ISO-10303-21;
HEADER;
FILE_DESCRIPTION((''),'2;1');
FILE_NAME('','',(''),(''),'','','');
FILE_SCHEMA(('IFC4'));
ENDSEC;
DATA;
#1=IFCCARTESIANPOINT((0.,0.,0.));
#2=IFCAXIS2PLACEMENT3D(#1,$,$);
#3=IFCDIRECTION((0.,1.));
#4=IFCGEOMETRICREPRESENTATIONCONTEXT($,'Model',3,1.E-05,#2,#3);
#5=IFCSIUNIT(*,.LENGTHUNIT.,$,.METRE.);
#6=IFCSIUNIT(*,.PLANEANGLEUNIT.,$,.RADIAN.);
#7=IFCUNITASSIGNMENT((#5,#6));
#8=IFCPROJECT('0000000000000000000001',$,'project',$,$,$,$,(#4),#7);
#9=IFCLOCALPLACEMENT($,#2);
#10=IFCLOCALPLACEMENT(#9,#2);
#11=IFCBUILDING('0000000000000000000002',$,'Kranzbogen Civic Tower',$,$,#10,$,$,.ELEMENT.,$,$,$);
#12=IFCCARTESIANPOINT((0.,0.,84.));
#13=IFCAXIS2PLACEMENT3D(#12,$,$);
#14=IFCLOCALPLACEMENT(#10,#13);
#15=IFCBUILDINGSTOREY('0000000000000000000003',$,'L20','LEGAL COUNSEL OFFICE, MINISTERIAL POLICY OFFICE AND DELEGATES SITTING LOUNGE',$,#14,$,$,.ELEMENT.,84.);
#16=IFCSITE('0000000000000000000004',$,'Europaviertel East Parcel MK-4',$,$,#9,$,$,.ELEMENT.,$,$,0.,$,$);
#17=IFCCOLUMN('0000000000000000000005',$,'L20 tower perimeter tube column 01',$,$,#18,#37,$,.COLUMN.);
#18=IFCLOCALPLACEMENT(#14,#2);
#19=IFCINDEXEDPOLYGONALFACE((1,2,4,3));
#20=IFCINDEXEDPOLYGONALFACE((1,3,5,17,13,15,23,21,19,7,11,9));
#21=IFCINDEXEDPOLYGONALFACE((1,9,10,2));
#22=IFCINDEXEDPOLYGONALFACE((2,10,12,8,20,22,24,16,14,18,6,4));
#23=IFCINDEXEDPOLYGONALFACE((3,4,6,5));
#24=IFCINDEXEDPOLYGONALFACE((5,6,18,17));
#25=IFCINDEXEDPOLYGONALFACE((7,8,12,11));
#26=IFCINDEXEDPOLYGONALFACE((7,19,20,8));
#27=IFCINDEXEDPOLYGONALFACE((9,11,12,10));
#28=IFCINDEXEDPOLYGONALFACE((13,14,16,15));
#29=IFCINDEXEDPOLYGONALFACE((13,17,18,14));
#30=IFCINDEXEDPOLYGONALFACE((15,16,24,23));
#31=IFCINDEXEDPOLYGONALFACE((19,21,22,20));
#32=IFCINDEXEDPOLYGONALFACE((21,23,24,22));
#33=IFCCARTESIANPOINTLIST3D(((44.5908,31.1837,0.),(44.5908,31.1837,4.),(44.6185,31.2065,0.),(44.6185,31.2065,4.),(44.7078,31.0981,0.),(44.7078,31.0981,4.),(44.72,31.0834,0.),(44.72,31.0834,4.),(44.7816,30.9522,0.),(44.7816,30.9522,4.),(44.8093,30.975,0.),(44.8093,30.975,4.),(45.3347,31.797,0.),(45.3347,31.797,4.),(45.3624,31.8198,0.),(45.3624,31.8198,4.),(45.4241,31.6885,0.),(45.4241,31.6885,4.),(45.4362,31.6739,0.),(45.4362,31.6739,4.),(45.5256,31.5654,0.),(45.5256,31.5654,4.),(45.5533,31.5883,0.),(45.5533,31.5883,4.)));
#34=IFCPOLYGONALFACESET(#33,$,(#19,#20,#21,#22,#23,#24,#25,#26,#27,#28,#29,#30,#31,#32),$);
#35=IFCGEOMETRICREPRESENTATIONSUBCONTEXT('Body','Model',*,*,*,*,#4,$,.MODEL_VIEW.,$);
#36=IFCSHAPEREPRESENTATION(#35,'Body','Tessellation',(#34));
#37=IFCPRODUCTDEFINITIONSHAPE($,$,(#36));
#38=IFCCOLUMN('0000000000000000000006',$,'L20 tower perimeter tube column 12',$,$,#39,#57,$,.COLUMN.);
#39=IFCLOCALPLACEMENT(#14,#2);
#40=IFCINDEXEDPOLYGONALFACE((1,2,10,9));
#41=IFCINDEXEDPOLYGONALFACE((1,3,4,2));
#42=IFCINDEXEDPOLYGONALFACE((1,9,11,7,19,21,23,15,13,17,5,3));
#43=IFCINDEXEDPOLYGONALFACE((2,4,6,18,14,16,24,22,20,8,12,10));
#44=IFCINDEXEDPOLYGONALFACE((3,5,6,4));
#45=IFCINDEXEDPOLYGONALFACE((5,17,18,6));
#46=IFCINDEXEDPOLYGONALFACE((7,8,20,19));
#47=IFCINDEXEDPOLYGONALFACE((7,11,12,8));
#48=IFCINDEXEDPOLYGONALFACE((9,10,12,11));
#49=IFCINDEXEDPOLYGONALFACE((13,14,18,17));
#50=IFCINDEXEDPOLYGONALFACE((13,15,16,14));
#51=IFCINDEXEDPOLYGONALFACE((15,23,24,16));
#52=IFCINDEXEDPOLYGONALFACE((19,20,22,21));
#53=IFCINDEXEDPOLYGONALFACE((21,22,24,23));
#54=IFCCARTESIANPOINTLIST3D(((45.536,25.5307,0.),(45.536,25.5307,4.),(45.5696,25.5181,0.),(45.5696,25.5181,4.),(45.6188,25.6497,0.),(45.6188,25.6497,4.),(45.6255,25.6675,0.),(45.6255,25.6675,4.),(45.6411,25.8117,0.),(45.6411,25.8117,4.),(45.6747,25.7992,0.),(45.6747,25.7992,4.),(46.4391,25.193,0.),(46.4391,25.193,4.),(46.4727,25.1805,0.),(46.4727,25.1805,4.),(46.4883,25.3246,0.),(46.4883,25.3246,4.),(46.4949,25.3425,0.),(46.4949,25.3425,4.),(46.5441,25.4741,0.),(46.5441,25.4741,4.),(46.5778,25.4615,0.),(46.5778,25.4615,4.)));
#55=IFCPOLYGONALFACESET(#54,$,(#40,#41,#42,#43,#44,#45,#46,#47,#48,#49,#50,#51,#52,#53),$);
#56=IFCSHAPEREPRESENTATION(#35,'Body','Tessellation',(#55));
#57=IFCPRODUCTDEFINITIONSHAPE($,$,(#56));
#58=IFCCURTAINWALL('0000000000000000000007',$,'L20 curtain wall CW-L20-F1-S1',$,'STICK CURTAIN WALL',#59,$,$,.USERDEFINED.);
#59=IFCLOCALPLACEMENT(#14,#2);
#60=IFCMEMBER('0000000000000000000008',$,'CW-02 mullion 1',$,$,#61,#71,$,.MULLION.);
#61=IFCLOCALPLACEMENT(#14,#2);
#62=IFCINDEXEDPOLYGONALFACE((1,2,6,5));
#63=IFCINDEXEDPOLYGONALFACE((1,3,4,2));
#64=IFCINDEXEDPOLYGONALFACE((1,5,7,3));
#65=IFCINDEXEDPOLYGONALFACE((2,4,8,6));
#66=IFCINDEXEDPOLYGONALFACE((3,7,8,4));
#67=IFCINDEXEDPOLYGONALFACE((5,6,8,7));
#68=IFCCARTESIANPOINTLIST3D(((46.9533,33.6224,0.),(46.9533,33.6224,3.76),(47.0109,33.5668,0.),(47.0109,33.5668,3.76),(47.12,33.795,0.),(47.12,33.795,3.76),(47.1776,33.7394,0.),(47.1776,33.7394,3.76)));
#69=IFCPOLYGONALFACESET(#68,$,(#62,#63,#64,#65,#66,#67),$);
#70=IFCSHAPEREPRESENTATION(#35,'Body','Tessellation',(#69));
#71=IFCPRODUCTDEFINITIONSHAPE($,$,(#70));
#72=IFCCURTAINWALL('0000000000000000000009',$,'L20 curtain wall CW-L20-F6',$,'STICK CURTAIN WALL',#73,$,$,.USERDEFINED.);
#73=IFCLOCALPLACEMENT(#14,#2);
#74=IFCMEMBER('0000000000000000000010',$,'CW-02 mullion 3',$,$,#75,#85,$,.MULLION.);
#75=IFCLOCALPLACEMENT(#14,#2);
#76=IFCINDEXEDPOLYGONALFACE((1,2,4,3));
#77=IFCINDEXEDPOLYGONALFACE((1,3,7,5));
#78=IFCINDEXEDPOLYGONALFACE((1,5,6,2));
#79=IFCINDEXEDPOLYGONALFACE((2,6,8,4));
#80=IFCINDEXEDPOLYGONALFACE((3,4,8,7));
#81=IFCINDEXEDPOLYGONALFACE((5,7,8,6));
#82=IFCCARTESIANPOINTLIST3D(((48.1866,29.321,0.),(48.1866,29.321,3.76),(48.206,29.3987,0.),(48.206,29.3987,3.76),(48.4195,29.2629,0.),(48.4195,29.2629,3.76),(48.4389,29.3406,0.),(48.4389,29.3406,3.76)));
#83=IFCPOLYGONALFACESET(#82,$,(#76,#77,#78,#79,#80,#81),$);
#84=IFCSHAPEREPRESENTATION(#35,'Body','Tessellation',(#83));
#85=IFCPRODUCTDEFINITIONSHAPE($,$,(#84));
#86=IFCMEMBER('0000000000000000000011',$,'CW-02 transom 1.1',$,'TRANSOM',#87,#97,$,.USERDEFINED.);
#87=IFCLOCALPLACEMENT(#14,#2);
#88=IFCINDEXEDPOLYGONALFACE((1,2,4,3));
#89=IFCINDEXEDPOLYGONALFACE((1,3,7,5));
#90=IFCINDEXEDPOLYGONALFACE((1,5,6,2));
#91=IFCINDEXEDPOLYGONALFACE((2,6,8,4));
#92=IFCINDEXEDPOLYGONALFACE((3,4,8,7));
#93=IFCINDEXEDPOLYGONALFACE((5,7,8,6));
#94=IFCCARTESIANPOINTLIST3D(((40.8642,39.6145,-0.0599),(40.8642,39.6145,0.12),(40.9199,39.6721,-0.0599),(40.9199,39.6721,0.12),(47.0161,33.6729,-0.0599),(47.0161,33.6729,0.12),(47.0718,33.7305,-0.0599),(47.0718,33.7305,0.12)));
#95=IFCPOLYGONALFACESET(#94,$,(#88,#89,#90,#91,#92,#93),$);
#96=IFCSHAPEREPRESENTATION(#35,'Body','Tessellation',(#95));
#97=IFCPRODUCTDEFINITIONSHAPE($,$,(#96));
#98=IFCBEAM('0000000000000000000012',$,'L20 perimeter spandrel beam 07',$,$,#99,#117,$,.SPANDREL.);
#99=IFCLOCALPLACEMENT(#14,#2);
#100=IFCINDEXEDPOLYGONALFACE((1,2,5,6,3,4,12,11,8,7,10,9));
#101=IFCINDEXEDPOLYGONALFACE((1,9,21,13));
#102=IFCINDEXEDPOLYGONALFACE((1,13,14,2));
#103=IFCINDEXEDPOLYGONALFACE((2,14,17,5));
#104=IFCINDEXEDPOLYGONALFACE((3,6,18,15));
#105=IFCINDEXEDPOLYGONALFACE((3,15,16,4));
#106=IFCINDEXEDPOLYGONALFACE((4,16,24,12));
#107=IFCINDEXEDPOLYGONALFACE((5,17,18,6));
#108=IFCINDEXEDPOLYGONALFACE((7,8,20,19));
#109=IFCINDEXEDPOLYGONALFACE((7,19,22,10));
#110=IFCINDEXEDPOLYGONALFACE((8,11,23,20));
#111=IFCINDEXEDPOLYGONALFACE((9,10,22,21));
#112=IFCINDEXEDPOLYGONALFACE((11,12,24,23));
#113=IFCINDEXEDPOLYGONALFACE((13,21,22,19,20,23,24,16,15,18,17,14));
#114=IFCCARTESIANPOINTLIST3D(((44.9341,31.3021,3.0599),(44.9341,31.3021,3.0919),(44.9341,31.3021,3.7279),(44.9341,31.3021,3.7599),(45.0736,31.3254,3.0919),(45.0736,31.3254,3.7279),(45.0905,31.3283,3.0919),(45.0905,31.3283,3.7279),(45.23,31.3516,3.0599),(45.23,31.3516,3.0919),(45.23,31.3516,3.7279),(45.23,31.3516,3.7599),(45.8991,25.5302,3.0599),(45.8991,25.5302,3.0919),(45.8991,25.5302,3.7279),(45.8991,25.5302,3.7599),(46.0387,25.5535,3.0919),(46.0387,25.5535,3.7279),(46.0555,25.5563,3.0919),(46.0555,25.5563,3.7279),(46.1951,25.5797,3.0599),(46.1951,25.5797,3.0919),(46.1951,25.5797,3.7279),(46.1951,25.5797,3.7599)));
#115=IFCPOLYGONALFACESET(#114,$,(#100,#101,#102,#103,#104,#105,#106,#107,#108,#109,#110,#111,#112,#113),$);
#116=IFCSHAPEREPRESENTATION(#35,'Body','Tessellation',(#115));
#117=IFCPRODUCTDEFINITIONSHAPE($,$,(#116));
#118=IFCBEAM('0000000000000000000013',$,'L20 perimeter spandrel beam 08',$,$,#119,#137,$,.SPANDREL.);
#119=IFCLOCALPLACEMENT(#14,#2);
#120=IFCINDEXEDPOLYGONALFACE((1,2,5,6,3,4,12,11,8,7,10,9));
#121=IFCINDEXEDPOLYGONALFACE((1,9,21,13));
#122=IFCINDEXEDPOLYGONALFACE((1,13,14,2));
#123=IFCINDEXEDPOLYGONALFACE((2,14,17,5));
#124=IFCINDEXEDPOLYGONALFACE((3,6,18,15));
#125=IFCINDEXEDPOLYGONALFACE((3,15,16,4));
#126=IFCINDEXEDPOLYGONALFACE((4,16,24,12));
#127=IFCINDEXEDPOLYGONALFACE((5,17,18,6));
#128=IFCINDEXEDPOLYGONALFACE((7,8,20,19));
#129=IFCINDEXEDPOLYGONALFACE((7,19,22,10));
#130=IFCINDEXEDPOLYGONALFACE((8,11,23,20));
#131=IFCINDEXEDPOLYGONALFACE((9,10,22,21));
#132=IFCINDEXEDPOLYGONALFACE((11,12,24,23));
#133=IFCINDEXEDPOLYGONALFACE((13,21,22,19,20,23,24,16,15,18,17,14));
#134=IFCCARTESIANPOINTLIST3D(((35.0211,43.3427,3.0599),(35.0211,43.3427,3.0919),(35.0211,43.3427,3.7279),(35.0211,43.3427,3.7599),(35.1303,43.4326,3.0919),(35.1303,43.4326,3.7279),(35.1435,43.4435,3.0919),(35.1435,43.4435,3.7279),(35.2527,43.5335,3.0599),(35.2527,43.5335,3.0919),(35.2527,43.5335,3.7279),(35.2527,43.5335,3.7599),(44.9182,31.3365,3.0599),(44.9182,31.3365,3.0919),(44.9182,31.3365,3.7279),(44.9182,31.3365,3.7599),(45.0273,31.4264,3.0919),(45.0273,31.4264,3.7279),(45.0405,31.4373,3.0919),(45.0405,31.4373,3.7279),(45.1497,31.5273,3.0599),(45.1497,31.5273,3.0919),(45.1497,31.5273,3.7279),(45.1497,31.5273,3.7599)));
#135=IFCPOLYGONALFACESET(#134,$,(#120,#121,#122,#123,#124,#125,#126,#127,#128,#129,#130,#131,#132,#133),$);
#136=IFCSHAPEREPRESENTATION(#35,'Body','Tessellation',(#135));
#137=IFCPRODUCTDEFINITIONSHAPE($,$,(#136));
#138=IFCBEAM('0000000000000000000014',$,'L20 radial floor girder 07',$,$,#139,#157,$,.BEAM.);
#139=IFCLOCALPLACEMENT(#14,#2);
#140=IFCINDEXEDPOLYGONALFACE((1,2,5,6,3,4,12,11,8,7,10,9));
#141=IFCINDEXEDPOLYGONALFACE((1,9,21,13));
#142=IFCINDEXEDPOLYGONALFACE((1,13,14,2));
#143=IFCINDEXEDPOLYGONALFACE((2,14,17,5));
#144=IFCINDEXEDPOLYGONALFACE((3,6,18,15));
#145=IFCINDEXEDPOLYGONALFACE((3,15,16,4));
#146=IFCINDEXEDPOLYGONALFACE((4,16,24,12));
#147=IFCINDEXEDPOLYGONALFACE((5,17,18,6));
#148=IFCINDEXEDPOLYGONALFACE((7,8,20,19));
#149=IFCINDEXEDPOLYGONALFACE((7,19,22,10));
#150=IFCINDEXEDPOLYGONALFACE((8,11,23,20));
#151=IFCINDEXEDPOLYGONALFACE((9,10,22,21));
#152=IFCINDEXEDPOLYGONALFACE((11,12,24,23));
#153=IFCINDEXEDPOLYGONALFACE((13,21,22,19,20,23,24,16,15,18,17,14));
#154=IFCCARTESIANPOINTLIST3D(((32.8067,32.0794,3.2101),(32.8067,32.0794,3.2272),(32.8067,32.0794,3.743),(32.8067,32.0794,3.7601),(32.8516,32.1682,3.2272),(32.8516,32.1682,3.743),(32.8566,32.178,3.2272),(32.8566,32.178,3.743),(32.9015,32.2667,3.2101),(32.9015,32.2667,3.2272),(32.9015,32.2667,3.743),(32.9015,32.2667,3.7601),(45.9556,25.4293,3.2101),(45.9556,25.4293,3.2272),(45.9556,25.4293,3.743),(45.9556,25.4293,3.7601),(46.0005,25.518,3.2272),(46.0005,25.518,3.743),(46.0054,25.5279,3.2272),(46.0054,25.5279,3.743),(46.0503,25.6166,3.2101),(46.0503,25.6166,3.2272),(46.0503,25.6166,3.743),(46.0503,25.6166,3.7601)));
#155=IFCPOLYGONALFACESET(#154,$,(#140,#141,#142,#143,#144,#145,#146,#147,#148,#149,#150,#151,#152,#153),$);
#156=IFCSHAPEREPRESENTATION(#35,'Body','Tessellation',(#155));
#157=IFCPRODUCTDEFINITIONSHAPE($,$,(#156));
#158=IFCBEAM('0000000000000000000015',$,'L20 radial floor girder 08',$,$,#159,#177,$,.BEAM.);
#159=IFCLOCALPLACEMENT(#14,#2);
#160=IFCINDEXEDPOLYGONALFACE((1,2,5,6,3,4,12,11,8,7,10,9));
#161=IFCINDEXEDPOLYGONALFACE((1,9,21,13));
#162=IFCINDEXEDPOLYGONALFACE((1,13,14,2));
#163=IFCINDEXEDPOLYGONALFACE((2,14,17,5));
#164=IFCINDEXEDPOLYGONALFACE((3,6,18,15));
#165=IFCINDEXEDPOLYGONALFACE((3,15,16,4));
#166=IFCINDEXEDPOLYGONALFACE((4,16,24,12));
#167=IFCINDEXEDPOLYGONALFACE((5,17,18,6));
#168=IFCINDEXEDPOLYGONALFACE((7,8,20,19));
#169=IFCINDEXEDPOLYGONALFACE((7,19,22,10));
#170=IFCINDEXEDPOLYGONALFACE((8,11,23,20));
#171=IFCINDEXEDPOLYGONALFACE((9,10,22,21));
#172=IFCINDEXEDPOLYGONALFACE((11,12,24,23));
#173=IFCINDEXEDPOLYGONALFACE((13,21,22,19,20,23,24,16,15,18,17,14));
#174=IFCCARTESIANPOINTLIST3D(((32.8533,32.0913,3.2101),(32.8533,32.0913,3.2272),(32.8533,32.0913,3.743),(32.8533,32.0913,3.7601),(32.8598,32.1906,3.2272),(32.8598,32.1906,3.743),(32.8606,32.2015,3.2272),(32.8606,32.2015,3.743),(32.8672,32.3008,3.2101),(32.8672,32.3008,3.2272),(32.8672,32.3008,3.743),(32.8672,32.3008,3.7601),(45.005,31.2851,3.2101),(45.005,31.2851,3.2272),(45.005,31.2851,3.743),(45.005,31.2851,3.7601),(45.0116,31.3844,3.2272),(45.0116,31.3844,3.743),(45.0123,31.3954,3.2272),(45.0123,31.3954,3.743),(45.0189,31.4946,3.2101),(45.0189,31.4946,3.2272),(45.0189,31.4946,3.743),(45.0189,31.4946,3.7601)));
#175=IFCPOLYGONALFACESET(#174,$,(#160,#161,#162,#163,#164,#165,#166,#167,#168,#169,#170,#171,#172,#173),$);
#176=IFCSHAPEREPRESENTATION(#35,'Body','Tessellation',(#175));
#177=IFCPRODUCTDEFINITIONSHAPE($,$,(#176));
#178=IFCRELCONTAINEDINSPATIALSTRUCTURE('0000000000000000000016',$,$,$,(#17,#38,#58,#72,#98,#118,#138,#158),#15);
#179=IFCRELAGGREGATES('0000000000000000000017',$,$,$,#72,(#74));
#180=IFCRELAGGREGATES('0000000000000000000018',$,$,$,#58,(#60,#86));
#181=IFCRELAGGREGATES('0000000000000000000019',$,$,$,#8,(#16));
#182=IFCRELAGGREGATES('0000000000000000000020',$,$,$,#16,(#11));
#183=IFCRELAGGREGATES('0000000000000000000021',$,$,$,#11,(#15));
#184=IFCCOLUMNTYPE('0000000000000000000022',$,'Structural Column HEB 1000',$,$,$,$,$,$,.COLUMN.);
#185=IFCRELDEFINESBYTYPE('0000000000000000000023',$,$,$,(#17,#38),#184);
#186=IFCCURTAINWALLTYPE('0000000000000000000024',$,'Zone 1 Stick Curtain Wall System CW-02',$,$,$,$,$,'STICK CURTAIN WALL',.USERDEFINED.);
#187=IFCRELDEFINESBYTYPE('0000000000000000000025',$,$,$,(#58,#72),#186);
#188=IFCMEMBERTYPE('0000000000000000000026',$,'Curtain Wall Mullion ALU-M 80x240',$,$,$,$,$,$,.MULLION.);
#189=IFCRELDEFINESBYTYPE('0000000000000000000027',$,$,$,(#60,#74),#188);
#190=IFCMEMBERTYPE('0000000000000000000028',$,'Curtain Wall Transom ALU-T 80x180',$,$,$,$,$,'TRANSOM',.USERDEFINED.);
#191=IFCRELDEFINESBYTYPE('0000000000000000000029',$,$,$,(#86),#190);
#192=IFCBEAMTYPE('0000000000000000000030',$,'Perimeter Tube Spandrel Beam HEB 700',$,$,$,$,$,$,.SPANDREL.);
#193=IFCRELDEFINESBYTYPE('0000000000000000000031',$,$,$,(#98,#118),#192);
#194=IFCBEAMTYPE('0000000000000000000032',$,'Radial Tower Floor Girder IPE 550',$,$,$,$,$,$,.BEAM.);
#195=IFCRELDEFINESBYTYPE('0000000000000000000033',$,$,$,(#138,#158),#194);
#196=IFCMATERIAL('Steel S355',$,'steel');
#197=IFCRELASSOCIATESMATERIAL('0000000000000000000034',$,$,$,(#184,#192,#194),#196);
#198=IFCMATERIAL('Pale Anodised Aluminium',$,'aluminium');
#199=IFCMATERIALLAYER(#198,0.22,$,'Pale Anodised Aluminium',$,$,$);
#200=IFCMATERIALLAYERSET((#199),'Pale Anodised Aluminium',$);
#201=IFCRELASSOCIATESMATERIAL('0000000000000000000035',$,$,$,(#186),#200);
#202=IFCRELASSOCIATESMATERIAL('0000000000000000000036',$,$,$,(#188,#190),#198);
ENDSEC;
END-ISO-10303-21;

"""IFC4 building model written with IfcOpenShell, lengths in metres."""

from ifc_helpers import new_model, si_unit, direction, frame, origin, origin_2d, place, context, subcontext, project, spatial, rectangle, i_section, extrude, material, layer, layer_set, material_profile, profile_set, type_object, element, aggregate, save


model = new_model("IFC4")

# Units and contexts
model_context = context("Model", 3, precision=1e-05, world=origin(), true_north=direction((0.0, 1.0)))
body_context = subcontext(model_context, "Body", "Model", "MODEL_VIEW")
ifc_project = project(units=[si_unit("LENGTHUNIT", "METRE"), si_unit("PLANEANGLEUNIT", "RADIAN")], contexts=[model_context])

# Site, building, storey
site_placement = place(None, origin())
site = spatial("IfcSite", under=ifc_project, at=site_placement, Name="Europaviertel East Parcel MK-4", CompositionType="ELEMENT", RefElevation=0.0)
building_placement = place(site_placement, origin())
building = spatial("IfcBuilding", under=site, at=building_placement, Name="Kranzbogen Civic Tower", CompositionType="ELEMENT")
storey_placement = place(building_placement, frame((0.0, 0.0, 84.0)))
storey = spatial("IfcBuildingStorey", under=building, at=storey_placement, Name="L20", Description="LEGAL COUNSEL OFFICE, MINISTERIAL POLICY OFFICE AND DELEGATES SITTING LOUNGE", CompositionType="ELEMENT", Elevation=84.0)

# Columns
ifc_material_1 = material(Name="Steel S355", Category="steel")
ifc_material_profile_1 = material_profile(ifc_material_1, i_section(OverallWidth=0.3, OverallDepth=1.0, WebThickness=0.019, FlangeThickness=0.0359, at=origin_2d()), Name="HEB 1000")
ifc_profile_set_1 = profile_set([ifc_material_profile_1], Name="Steel S355")
column_type = type_object("IfcColumnType", Name="Structural Column HEB 1000", PredefinedType="COLUMN", material=ifc_profile_set_1)
for number, where, z_axis, x_axis, name in (
    (1, (45.072, 31.386, 0.0), (0.0, 0.0, 1.0), (-0.636078, 0.771625, 0.0), "L20 tower perimeter tube column 01"),
    (2, (46.0569, 25.4961, 0.0), (0.0, 0.0, 1.0), (0.350207, 0.936672, 0.0), "L20 tower perimeter tube column 12"),
):
    element("IfcColumn", number, at=place(storey_placement, frame(where, z_axis=z_axis, x_axis=x_axis)), inside=storey, type_object=column_type, Name=name, PredefinedType="COLUMN", context=body_context, shape_type="SweptSolid", body=[
        extrude(i_section(OverallWidth=0.3, OverallDepth=1.0, WebThickness=0.019, FlangeThickness=0.0359, at=origin_2d()), origin(), (0.0, 0.0, 1.0), 4.0),
    ])

# Curtain walls, members
ifc_material_2 = material(Name="Pale Anodised Aluminium", Category="aluminium")
ifc_layer_1 = layer(ifc_material_2, 0.22, Name="Pale Anodised Aluminium")
ifc_layer_set_1 = layer_set([ifc_layer_1], Name="Pale Anodised Aluminium")
curtain_wall_type = type_object("IfcCurtainWallType", Name="Zone 1 Stick Curtain Wall System CW-02", ElementType="STICK CURTAIN WALL", PredefinedType="USERDEFINED", material=ifc_layer_set_1)
curtain_wall_1_placement = place(storey_placement, origin())
curtain_wall_1 = element("IfcCurtainWall", 3, at=curtain_wall_1_placement, inside=storey, type_object=curtain_wall_type, Name="L20 curtain wall CW-L20-F1-S1", ObjectType="STICK CURTAIN WALL", PredefinedType="USERDEFINED")
ifc_material_profile_2 = material_profile(ifc_material_2, rectangle(XDim=0.0801, YDim=0.24, at=origin_2d()), Name="ALU-M 80x240")
ifc_profile_set_2 = profile_set([ifc_material_profile_2], Name="Pale Anodised Aluminium")
member_type_1 = type_object("IfcMemberType", Name="Curtain Wall Mullion ALU-M 80x240", PredefinedType="MULLION", material=ifc_profile_set_2)
member_1_placement = place(storey_placement, frame((47.0654, 33.6809, 0.0), z_axis=(0.0, 0.0, 1.0), x_axis=(-0.71928, 0.69472, 0.0)))
member_1 = element("IfcMember", 4, at=member_1_placement, type_object=member_type_1, Name="CW-02 mullion 1", PredefinedType="MULLION", context=body_context, shape_type="SweptSolid", body=[
    extrude(rectangle(XDim=0.0801, YDim=0.24, at=origin_2d()), origin(), (0.0, 0.0, 1.0), 3.76),
])
curtain_wall_2_placement = place(storey_placement, origin())
curtain_wall_2 = element("IfcCurtainWall", 5, at=curtain_wall_2_placement, inside=storey, type_object=curtain_wall_type, Name="L20 curtain wall CW-L20-F6", ObjectType="STICK CURTAIN WALL", PredefinedType="USERDEFINED")
member_2_placement = place(storey_placement, frame((48.3127, 29.3308, 0.0), z_axis=(0.0, 0.0, 1.0), x_axis=(0.241892, 0.970303, 0.0)))
member_2 = element("IfcMember", 6, at=member_2_placement, type_object=member_type_1, Name="CW-02 mullion 3", PredefinedType="MULLION", context=body_context, shape_type="SweptSolid", body=[
    extrude(rectangle(XDim=0.0801, YDim=0.24, at=origin_2d()), origin(), (0.0, 0.0, 1.0), 3.76),
])
aggregate(curtain_wall_2, [member_2])

# Member
ifc_material_profile_3 = material_profile(ifc_material_2, rectangle(XDim=0.0801, YDim=0.1799, at=origin_2d()), Name="ALU-T 80x180")
ifc_profile_set_3 = profile_set([ifc_material_profile_3], Name="Pale Anodised Aluminium")
member_type_2 = type_object("IfcMemberType", Name="Curtain Wall Transom ALU-T 80x180", ElementType="TRANSOM", PredefinedType="USERDEFINED", material=ifc_profile_set_3)
member_3_placement = place(storey_placement, frame((47.0439, 33.7017, 0.03), z_axis=(-0.719289, 0.694711, 0.0), x_axis=(-0.694711, -0.719289, 0.0)))
member_3 = element("IfcMember", 7, at=member_3_placement, type_object=member_type_2, Name="CW-02 transom 1.1", ObjectType="TRANSOM", PredefinedType="USERDEFINED", context=body_context, shape_type="SweptSolid", body=[
    extrude(rectangle(XDim=0.0801, YDim=0.1799, at=origin_2d()), origin(), (0.0, 0.0, 1.0), 8.5527),
])
aggregate(curtain_wall_1, [member_1, member_3])

# Beams
ifc_material_profile_4 = material_profile(ifc_material_1, i_section(OverallWidth=0.3, OverallDepth=0.7, WebThickness=0.0171, FlangeThickness=0.032, at=origin_2d()), Name="HEB 700")
ifc_profile_set_4 = profile_set([ifc_material_profile_4], Name="Steel S355")
beam_type_1 = type_object("IfcBeamType", Name="Perimeter Tube Spandrel Beam HEB 700", PredefinedType="SPANDREL", material=ifc_profile_set_4)
beam_1_placement = place(storey_placement, frame((46.0471, 25.5549, 3.4099), z_axis=(-0.164913, 0.986308, 0.0), x_axis=(-0.986308, -0.164913, 0.0)))
element("IfcBeam", 8, at=beam_1_placement, inside=storey, type_object=beam_type_1, Name="L20 perimeter spandrel beam 07", PredefinedType="SPANDREL", context=body_context, shape_type="SweptSolid", body=[
    extrude(i_section(OverallWidth=0.3, OverallDepth=0.7, WebThickness=0.0171, FlangeThickness=0.032, at=origin_2d()), origin(), (0.0, 0.0, 1.0), 5.8521),
])
beam_2_placement = place(storey_placement, frame((45.0339, 31.4319, 3.4099), z_axis=(-0.636075, 0.771628, 0.0), x_axis=(-0.771628, -0.636075, 0.0)))
element("IfcBeam", 9, at=beam_2_placement, inside=storey, type_object=beam_type_1, Name="L20 perimeter spandrel beam 08", PredefinedType="SPANDREL", context=body_context, shape_type="SweptSolid", body=[
    extrude(i_section(OverallWidth=0.3, OverallDepth=0.7, WebThickness=0.0171, FlangeThickness=0.032, at=origin_2d()), origin(), (0.0, 0.0, 1.0), 15.5596),
])
ifc_material_profile_5 = material_profile(ifc_material_1, i_section(OverallWidth=0.21, OverallDepth=0.55, WebThickness=0.011, FlangeThickness=0.0171, at=origin_2d()), Name="IPE 550")
ifc_profile_set_5 = profile_set([ifc_material_profile_5], Name="Steel S355")
beam_type_2 = type_object("IfcBeamType", Name="Radial Tower Floor Girder IPE 550", PredefinedType="BEAM", material=ifc_profile_set_5)
beam_3_placement = place(storey_placement, frame((46.0029, 25.5229, 3.4851), z_axis=(-0.892363, 0.451318, 0.0), x_axis=(-0.451318, -0.892363, 0.0)))
element("IfcBeam", 10, at=beam_3_placement, inside=storey, type_object=beam_type_2, Name="L20 radial floor girder 07", PredefinedType="BEAM", context=body_context, shape_type="SweptSolid", body=[
    extrude(i_section(OverallWidth=0.21, OverallDepth=0.55, WebThickness=0.011, FlangeThickness=0.0171, at=origin_2d()), origin(), (0.0, 0.0, 1.0), 14.7349),
])
beam_4_placement = place(storey_placement, frame((45.012, 31.3899, 3.4851), z_axis=(-0.997807, 0.066194, 0.0), x_axis=(-0.066194, -0.997807, 0.0)))
element("IfcBeam", 11, at=beam_4_placement, inside=storey, type_object=beam_type_2, Name="L20 radial floor girder 08", PredefinedType="BEAM", context=body_context, shape_type="SweptSolid", body=[
    extrude(i_section(OverallWidth=0.21, OverallDepth=0.55, WebThickness=0.011, FlangeThickness=0.0171, at=origin_2d()), origin(), (0.0, 0.0, 1.0), 12.1785),
])

save(model, "model.ifc")
